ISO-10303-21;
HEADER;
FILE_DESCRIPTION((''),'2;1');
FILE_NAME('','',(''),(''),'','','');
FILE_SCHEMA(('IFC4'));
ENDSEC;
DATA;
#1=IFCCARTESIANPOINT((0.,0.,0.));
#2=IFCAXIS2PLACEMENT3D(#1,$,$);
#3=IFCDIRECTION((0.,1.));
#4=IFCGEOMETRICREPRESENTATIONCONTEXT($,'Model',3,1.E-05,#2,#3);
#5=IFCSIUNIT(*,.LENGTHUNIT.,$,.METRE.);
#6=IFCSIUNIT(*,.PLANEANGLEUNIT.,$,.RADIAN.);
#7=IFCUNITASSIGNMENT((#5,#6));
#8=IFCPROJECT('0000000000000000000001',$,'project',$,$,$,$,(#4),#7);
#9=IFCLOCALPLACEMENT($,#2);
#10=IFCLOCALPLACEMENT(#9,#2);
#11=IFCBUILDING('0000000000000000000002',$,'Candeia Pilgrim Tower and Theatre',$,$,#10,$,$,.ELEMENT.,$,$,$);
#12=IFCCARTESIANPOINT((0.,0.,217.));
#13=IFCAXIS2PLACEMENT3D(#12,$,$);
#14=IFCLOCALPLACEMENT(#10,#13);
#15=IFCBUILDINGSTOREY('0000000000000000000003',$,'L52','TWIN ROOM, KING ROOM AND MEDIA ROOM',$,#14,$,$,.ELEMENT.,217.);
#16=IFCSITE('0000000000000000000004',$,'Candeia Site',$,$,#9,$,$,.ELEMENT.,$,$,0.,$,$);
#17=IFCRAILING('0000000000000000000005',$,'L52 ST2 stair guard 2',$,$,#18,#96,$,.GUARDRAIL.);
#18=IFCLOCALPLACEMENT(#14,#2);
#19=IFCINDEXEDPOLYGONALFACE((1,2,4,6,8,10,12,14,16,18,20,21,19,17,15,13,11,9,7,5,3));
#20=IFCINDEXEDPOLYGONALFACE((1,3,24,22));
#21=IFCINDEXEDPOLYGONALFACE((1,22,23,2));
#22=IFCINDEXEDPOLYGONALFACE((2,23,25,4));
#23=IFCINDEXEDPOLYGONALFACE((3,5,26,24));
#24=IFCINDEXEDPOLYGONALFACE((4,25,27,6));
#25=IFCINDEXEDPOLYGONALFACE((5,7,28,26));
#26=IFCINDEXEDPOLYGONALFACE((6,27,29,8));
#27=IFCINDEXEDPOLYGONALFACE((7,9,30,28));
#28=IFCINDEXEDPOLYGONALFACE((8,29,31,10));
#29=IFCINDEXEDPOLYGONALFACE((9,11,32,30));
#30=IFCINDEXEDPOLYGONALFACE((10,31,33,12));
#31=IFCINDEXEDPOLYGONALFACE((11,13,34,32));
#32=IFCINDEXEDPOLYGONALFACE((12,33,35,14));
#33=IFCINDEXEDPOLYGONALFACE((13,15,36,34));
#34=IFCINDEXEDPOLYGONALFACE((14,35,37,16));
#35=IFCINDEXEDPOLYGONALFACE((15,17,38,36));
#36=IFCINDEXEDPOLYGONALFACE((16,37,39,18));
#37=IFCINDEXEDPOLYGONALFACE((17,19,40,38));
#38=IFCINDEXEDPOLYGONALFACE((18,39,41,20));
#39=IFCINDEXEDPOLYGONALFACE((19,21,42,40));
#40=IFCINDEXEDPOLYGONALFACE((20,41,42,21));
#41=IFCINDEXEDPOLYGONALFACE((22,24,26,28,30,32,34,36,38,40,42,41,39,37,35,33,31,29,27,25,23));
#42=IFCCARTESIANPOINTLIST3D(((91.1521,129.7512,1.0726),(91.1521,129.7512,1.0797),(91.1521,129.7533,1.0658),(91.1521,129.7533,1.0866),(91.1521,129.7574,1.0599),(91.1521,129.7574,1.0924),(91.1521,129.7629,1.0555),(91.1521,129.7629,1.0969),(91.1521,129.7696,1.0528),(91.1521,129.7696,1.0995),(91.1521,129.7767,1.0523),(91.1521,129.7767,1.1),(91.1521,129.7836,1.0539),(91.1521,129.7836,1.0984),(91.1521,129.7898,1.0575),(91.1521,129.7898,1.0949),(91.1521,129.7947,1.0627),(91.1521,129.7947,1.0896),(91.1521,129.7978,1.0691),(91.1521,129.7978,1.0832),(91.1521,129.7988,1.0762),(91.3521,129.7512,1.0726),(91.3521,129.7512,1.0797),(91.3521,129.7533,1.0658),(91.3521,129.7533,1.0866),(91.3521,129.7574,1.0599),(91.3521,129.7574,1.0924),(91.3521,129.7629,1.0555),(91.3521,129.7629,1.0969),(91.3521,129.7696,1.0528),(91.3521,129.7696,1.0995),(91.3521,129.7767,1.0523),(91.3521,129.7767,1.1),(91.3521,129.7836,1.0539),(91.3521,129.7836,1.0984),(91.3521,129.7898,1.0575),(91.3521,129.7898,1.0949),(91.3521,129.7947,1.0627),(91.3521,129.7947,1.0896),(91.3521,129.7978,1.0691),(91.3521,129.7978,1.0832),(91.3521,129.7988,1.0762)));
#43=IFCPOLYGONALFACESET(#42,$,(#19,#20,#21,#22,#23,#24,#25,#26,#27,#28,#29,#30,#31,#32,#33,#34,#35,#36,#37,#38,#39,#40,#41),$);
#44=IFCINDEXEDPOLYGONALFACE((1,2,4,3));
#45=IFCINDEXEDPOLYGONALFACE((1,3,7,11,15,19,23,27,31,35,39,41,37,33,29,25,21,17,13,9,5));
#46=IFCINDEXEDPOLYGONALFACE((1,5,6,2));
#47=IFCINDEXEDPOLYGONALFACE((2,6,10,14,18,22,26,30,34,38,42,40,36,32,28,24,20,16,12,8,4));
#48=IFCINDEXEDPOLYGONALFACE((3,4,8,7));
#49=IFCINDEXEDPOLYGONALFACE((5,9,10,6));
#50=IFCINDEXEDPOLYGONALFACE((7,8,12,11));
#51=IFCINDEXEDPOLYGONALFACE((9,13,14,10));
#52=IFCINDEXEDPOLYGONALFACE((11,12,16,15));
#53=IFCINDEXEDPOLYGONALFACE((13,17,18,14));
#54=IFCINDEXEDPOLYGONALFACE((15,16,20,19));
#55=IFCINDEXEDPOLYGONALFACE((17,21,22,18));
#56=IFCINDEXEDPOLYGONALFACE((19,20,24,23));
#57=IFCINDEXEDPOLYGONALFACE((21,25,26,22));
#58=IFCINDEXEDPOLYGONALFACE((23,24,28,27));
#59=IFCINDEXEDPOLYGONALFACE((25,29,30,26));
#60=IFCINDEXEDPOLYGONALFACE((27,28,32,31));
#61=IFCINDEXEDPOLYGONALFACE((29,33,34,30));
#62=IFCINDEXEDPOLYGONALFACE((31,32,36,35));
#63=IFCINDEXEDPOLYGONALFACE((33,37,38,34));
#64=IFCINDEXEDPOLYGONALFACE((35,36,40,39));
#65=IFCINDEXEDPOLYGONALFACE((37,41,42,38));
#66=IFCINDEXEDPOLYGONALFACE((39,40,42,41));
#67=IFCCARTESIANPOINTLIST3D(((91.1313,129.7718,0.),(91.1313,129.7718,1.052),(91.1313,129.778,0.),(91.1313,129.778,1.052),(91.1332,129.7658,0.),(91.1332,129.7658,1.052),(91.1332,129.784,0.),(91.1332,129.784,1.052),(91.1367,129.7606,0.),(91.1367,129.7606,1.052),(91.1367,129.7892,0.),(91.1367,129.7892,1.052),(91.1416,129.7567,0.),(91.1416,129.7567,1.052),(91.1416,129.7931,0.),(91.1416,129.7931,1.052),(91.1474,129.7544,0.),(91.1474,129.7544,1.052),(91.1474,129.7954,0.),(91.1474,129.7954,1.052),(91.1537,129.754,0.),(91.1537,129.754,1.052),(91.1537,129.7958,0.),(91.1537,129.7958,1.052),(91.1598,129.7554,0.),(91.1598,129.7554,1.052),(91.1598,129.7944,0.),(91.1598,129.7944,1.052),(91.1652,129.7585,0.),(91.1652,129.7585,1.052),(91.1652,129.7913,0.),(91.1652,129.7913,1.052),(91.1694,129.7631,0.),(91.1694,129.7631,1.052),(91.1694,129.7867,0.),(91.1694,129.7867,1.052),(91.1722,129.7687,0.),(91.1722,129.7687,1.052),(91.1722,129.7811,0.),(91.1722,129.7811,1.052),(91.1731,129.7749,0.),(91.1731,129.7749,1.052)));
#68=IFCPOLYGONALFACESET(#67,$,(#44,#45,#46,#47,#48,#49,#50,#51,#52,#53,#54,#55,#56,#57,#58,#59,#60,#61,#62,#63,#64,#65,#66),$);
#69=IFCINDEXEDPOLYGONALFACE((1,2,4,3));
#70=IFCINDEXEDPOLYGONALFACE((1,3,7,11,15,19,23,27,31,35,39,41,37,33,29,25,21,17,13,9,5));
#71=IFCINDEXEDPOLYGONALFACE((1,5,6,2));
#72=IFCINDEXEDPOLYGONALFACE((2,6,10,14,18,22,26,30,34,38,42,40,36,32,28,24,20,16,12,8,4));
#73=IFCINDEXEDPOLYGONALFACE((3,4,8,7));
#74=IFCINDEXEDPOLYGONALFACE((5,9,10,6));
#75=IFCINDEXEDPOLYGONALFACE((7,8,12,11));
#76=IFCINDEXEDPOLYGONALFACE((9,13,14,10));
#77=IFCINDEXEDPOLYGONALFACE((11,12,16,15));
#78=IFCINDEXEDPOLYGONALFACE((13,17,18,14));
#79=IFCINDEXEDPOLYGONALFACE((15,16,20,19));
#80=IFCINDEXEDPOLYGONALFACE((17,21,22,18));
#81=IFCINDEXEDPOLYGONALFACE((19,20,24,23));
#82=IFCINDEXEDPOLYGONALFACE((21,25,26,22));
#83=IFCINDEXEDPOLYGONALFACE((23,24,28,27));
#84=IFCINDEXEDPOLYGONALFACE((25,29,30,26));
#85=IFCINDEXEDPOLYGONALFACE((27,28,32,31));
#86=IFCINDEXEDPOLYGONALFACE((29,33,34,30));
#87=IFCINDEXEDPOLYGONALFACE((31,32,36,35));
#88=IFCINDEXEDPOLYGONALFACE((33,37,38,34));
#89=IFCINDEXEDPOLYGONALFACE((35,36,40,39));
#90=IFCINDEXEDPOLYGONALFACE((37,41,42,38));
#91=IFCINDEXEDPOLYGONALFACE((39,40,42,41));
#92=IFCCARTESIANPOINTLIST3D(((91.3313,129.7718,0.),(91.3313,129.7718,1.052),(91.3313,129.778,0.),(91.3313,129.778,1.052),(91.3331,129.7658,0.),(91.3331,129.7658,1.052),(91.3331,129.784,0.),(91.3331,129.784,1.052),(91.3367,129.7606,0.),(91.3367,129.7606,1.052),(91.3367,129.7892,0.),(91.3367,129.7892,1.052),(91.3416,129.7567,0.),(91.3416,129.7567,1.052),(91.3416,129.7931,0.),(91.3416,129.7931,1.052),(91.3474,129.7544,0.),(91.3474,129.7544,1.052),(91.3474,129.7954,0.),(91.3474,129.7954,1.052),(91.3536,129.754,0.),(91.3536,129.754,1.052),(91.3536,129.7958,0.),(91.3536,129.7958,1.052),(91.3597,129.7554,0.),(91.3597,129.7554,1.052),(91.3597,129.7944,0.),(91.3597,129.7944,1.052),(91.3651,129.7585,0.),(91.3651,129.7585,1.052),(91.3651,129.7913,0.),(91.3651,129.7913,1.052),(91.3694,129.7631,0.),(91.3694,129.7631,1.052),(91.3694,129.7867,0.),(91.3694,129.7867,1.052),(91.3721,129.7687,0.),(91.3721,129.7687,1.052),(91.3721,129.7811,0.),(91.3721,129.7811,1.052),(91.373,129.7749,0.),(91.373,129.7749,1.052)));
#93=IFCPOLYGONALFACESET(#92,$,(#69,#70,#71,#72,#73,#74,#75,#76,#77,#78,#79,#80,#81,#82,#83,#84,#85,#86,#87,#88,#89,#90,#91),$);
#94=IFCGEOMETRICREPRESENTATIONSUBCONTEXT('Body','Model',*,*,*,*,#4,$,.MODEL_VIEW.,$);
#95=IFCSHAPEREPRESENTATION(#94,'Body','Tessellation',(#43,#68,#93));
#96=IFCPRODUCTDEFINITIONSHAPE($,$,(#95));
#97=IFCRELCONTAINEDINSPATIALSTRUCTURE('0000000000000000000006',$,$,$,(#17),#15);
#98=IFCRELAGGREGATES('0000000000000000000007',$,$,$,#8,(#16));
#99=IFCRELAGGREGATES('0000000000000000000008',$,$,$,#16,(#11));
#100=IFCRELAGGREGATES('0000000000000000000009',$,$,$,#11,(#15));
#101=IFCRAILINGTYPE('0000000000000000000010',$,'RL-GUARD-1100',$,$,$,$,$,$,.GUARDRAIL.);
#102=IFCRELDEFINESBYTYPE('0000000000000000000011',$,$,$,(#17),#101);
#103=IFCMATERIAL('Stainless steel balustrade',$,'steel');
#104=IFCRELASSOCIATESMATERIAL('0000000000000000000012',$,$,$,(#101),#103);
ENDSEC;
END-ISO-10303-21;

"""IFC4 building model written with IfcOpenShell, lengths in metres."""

from ifc_helpers import new_model, si_unit, direction, frame, origin, origin_2d, place, context, subcontext, project, spatial, circle, extrude, material, type_object, element, save


model = new_model("IFC4")

# Units and contexts
model_context = context("Model", 3, precision=1e-05, world=origin(), true_north=direction((0.0, 1.0)))
body_context = subcontext(model_context, "Body", "Model", "MODEL_VIEW")
ifc_project = project(units=[si_unit("LENGTHUNIT", "METRE"), si_unit("PLANEANGLEUNIT", "RADIAN")], contexts=[model_context])

# Site, building, storey
site_placement = place(None, origin())
site = spatial("IfcSite", under=ifc_project, at=site_placement, Name="Candeia Site", CompositionType="ELEMENT", RefElevation=0.0)
building_placement = place(site_placement, origin())
building = spatial("IfcBuilding", under=site, at=building_placement, Name="Candeia Pilgrim Tower and Theatre", CompositionType="ELEMENT")
storey_placement = place(building_placement, frame((0.0, 0.0, 217.0)))
storey = spatial("IfcBuildingStorey", under=building, at=storey_placement, Name="L52", Description="TWIN ROOM, KING ROOM AND MEDIA ROOM", CompositionType="ELEMENT", Elevation=217.0)

# Shared definitions
ifc_material_1 = material(Name="Stainless steel balustrade", Category="steel")

# Railing
railing_type_1 = type_object("IfcRailingType", Name="RL-GUARD-1100", PredefinedType="GUARDRAIL", material=ifc_material_1)
railing_1_placement = place(storey_placement, frame((91.1521, 129.7749, 0.0)))
element("IfcRailing", 1, at=railing_1_placement, inside=storey, type_object=railing_type_1, Name="L52 ST2 stair guard 2", PredefinedType="GUARDRAIL", context=body_context, shape_type="SweptSolid", body=[
    extrude(circle(Radius=0.0239, at=origin_2d()), frame((0.0, 0.0, 1.0762), z_axis=(1.0, 0.0, 0.0), x_axis=(0.0, 1.0, 0.0)), (0.0, 0.0, 1.0), 0.2),
    extrude(circle(Radius=0.021, at=origin_2d()), origin(), (0.0, 0.0, 1.0), 1.052),
    extrude(circle(Radius=0.021, at=origin_2d()), frame((0.2, 0.0, 0.0)), (0.0, 0.0, 1.0), 1.052),
])

save(model, "model.ifc")
